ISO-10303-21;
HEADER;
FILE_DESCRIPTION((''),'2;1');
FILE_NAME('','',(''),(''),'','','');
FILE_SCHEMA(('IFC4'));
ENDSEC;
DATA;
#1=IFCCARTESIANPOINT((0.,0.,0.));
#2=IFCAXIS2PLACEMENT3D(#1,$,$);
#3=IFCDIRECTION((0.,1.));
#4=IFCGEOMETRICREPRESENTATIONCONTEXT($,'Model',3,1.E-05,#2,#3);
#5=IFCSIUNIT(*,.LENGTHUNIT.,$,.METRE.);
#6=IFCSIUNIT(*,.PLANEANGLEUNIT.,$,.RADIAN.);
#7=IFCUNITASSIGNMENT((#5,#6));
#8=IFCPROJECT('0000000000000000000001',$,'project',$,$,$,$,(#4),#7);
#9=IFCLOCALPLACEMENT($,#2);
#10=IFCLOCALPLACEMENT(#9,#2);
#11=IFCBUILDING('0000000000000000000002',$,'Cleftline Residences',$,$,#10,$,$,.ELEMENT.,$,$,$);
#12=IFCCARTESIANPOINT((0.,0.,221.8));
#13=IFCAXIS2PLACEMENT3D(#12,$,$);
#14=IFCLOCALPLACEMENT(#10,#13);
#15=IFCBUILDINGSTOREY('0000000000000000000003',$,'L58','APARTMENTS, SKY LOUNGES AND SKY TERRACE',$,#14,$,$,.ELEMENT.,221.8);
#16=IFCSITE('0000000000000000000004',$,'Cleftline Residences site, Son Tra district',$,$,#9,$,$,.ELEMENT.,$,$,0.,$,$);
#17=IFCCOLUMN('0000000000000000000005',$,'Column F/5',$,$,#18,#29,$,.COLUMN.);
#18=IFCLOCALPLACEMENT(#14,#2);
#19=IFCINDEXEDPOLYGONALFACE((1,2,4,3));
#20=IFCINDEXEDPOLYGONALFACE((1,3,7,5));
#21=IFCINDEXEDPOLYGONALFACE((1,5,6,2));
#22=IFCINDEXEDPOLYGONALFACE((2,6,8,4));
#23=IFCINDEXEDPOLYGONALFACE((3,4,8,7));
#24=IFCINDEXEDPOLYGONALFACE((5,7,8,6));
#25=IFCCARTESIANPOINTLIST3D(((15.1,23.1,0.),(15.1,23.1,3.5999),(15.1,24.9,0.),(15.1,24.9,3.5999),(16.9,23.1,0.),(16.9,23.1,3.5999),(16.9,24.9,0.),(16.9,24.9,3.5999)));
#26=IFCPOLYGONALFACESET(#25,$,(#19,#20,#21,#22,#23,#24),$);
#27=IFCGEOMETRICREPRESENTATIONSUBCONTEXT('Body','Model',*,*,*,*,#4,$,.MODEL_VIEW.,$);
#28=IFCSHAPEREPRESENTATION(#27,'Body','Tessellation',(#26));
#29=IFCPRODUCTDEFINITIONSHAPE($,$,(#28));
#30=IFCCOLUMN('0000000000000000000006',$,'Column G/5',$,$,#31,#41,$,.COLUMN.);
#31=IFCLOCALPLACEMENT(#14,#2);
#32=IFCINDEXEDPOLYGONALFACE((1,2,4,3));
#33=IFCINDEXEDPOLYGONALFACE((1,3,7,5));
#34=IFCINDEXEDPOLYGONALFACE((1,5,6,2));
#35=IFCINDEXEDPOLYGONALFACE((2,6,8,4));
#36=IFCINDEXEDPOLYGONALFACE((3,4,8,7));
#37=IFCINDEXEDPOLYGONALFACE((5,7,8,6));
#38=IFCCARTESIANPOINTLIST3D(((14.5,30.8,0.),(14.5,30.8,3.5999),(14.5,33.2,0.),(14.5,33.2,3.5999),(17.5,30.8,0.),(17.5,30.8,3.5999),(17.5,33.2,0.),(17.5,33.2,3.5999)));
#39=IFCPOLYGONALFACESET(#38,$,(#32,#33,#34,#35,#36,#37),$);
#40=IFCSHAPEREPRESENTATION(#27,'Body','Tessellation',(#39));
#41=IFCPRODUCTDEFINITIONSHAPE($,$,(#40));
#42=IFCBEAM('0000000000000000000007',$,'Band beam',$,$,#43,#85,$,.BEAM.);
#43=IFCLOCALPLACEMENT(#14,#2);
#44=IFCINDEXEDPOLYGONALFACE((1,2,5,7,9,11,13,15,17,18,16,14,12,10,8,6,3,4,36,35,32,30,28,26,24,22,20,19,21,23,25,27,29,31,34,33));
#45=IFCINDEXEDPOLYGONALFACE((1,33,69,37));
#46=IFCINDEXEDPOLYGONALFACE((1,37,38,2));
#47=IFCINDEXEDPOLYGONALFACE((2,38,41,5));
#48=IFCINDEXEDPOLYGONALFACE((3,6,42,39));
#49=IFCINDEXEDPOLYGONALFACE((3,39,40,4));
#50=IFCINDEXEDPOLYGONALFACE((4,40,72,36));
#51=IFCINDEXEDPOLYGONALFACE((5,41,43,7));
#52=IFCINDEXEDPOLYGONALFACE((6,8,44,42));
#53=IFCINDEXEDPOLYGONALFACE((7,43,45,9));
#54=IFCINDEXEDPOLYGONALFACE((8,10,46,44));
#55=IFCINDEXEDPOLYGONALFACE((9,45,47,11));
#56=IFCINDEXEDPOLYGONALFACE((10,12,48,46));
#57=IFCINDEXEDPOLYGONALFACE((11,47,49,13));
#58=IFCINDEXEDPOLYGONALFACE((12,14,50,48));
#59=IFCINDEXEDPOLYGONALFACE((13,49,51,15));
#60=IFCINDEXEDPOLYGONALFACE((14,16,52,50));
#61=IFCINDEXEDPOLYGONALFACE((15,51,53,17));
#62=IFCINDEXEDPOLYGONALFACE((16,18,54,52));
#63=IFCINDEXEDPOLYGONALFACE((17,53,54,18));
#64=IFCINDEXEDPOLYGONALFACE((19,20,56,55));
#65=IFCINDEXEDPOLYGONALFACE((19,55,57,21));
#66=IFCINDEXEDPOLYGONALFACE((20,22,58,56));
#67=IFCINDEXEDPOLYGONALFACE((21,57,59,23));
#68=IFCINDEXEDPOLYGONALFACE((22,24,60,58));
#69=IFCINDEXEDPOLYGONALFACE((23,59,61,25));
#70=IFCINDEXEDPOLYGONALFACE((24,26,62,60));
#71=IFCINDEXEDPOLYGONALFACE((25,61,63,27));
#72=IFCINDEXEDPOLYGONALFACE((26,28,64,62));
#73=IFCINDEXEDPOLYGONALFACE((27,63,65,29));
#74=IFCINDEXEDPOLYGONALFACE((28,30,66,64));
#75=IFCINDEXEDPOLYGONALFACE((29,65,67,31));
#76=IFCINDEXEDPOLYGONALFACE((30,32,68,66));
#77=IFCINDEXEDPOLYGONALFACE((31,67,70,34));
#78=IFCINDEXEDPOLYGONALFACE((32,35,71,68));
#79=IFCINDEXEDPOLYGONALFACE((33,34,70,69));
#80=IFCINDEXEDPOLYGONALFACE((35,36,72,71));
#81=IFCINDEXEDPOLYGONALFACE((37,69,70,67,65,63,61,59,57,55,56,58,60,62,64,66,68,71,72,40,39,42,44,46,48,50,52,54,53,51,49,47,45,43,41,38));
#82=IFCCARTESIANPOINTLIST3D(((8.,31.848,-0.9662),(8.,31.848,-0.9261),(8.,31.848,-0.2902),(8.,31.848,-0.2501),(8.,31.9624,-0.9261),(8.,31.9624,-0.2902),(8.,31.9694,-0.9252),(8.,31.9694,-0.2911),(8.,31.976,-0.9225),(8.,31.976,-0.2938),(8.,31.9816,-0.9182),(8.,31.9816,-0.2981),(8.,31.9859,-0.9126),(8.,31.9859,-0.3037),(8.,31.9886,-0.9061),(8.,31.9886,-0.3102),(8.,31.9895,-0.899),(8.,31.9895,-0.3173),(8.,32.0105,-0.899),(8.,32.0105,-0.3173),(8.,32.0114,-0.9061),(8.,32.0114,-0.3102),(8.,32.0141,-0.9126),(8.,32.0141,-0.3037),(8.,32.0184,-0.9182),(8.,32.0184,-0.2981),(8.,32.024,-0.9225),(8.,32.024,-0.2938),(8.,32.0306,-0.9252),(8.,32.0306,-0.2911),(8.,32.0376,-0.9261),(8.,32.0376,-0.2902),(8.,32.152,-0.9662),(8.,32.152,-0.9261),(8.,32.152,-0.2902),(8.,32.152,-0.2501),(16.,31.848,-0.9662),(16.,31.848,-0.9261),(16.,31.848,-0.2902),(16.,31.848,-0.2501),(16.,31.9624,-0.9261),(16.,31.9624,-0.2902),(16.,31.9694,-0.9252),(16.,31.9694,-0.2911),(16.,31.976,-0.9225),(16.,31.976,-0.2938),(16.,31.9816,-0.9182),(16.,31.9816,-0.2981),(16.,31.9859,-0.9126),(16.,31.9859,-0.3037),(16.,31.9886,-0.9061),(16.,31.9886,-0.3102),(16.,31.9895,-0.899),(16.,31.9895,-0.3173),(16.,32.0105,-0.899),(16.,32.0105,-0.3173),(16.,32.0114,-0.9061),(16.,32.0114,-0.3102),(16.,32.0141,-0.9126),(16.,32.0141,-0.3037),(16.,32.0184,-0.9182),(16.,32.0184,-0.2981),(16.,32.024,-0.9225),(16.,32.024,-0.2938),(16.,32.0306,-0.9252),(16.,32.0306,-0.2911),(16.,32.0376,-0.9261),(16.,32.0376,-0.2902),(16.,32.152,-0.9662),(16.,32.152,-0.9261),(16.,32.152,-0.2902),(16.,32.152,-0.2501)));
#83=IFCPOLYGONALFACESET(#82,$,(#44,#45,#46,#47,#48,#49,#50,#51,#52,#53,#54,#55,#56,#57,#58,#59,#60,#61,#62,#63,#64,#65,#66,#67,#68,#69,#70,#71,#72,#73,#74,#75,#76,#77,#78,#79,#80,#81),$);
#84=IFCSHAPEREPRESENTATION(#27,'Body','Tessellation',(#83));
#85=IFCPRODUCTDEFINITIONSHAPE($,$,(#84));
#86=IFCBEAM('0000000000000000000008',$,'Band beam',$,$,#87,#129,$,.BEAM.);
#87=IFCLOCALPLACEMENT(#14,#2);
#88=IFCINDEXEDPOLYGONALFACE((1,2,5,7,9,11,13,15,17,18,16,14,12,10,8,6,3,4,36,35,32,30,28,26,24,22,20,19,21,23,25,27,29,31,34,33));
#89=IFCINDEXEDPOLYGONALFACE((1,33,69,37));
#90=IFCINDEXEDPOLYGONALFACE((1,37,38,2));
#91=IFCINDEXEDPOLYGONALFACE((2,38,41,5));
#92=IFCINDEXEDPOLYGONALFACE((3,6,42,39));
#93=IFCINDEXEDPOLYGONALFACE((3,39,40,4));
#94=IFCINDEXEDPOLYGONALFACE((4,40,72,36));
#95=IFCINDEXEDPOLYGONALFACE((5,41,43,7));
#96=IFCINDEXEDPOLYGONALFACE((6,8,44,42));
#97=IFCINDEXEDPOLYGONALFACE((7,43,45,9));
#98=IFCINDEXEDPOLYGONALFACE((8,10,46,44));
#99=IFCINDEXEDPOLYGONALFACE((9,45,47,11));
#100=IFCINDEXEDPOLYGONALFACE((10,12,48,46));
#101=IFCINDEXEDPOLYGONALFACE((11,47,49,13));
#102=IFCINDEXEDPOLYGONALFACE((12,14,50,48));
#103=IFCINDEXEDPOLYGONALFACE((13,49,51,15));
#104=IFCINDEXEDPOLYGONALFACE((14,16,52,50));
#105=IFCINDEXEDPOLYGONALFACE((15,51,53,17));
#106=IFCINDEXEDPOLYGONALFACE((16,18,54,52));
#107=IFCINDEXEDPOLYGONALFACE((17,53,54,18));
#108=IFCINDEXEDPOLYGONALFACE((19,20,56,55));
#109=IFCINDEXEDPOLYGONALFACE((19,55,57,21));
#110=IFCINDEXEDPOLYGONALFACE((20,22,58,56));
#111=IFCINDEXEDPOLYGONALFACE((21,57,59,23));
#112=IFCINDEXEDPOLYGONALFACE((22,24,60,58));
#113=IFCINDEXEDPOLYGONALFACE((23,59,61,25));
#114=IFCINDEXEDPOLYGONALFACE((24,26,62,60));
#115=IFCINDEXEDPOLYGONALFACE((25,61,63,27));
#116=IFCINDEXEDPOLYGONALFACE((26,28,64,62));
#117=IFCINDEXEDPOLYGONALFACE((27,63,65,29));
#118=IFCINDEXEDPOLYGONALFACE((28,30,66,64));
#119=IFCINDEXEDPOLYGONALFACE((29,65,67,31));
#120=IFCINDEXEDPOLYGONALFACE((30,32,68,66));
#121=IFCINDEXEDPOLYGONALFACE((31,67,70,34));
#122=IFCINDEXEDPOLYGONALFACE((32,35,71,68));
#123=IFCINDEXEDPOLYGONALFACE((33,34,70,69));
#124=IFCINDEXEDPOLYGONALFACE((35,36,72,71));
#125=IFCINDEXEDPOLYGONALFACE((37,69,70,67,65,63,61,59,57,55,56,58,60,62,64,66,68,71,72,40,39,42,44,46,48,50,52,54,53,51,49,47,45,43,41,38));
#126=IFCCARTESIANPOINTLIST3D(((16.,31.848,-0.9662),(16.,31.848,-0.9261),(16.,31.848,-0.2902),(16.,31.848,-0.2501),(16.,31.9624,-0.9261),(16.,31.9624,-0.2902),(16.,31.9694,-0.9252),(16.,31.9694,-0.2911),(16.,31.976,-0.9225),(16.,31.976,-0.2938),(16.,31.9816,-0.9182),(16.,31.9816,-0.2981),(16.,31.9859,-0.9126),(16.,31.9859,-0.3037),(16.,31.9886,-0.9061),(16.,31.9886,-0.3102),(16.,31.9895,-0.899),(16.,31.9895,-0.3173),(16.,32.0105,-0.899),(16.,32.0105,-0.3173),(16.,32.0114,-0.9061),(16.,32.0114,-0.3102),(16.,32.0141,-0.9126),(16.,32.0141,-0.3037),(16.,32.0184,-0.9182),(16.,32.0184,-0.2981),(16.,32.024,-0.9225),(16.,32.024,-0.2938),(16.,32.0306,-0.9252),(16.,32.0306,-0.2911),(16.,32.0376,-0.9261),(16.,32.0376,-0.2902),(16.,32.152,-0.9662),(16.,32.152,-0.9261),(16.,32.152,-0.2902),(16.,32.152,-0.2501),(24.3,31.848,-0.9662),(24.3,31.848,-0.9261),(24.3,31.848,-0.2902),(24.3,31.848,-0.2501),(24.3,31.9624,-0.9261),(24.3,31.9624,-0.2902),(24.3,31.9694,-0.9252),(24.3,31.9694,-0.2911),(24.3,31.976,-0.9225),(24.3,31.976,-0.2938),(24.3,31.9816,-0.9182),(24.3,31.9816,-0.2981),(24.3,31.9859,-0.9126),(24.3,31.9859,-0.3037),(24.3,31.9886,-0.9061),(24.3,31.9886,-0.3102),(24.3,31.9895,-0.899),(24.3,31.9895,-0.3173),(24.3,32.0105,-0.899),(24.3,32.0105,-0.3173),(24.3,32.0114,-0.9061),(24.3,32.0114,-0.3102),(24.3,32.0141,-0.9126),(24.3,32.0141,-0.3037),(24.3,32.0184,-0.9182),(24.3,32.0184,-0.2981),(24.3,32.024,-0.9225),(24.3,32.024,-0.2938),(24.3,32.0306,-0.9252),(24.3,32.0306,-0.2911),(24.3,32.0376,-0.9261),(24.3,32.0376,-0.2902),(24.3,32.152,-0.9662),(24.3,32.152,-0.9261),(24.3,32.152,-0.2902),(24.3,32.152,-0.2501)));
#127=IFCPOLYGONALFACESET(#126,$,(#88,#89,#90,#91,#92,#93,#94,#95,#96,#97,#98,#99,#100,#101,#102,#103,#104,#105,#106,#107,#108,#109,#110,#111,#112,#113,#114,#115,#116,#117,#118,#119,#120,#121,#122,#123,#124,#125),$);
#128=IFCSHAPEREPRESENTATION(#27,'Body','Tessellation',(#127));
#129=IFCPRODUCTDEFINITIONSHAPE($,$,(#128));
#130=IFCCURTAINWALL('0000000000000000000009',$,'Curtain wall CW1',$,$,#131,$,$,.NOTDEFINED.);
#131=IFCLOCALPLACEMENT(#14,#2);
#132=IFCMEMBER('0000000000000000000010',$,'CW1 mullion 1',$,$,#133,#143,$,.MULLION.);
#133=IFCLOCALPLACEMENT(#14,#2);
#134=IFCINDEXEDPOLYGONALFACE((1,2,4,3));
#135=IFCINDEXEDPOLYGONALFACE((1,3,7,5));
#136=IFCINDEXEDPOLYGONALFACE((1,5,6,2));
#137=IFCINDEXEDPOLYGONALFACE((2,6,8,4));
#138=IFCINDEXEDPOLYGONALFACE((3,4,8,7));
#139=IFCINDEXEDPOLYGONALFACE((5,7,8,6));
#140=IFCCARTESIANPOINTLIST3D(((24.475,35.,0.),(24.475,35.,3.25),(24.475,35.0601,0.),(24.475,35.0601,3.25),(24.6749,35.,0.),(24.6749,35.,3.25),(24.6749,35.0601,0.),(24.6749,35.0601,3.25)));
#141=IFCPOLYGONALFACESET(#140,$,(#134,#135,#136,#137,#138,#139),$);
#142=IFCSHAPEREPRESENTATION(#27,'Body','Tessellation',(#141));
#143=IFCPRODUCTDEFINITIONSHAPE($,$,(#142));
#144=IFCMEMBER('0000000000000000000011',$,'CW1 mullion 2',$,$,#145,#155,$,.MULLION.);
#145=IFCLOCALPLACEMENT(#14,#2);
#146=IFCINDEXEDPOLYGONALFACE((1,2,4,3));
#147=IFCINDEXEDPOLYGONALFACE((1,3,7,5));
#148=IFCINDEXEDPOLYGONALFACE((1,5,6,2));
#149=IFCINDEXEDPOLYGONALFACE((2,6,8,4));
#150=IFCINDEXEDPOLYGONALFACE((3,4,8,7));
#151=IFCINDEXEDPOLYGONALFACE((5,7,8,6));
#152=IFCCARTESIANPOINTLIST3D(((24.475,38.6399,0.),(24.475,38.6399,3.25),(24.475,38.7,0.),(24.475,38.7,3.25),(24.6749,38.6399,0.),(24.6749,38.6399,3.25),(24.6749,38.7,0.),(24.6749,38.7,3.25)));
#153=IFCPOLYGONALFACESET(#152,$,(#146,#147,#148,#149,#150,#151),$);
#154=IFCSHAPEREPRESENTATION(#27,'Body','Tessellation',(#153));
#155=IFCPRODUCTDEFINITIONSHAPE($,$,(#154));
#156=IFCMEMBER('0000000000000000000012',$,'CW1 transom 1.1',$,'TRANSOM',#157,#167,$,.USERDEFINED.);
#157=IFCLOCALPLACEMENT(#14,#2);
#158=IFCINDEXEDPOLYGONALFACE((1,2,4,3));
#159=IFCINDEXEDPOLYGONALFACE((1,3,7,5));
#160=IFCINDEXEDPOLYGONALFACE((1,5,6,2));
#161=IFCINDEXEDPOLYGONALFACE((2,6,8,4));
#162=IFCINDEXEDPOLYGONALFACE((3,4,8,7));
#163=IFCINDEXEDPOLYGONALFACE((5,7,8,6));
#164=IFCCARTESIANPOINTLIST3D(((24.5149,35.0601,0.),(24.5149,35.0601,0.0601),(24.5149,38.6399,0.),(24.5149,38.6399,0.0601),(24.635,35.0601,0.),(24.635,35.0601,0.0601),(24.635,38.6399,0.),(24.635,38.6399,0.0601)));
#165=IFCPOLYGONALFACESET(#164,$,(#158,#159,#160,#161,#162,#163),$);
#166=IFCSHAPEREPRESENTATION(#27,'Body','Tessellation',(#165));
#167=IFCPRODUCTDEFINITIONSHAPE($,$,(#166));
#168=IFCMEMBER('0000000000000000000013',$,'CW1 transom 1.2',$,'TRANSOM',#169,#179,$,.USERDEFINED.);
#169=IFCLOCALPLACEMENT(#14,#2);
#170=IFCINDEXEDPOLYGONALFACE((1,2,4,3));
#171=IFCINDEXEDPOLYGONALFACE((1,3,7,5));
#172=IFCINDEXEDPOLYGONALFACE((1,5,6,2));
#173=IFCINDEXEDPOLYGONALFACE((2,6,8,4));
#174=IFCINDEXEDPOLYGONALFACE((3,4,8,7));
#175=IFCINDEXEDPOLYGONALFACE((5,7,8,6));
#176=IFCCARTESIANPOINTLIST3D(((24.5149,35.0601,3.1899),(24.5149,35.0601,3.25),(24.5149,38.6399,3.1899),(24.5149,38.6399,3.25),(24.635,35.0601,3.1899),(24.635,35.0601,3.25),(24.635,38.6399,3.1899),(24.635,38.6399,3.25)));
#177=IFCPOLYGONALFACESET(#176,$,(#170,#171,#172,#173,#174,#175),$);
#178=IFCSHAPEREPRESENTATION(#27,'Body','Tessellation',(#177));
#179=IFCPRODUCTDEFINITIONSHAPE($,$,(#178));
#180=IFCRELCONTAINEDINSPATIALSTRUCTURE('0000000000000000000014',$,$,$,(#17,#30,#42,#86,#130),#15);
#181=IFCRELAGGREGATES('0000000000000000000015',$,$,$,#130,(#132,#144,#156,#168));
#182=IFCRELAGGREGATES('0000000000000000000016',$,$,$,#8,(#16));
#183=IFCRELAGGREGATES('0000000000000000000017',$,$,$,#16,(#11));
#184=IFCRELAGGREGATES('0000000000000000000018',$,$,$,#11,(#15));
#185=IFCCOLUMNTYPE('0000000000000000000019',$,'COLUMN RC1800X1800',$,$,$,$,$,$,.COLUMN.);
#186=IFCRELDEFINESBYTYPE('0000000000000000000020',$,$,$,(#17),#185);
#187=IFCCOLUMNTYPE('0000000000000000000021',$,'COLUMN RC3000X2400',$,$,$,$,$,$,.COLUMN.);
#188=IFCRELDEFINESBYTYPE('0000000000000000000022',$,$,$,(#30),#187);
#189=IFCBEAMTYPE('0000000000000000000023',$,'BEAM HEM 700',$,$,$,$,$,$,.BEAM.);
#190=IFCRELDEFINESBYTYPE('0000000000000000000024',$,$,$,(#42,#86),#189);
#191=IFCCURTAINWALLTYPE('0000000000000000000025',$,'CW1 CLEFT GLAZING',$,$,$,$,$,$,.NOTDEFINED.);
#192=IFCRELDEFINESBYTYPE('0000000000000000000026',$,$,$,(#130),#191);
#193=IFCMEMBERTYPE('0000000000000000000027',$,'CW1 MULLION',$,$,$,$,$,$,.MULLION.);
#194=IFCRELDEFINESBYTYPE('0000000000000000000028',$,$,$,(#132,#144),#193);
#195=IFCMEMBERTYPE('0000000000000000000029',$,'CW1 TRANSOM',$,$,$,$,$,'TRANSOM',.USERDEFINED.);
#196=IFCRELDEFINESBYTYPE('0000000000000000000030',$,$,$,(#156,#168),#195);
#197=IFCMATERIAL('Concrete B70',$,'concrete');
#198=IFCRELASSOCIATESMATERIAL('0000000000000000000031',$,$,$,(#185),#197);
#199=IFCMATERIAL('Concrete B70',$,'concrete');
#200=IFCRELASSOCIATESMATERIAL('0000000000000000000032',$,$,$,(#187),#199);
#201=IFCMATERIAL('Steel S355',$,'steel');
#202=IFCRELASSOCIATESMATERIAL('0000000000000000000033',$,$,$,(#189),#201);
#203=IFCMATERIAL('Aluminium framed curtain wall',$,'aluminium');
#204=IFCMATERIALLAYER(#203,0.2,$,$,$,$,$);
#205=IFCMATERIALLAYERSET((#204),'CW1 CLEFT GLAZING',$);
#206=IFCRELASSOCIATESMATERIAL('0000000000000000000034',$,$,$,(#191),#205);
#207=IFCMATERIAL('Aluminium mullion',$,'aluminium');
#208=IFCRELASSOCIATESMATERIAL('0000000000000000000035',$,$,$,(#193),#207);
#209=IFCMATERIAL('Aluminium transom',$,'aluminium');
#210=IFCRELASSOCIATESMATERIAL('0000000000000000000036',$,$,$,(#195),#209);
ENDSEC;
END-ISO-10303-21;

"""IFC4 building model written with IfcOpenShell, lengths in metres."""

from ifc_helpers import new_model, si_unit, direction, frame, origin, origin_2d, place, context, subcontext, project, spatial, rectangle, i_section, extrude, material, layer, layer_set, material_profile, profile_set, type_object, element, aggregate, save


model = new_model("IFC4")

# Units and contexts
model_context = context("Model", 3, precision=1e-05, world=origin(), true_north=direction((0.0, 1.0)))
body_context = subcontext(model_context, "Body", "Model", "MODEL_VIEW")
ifc_project = project(units=[si_unit("LENGTHUNIT", "METRE"), si_unit("PLANEANGLEUNIT", "RADIAN")], contexts=[model_context])

# Site, building, storey
site_placement = place(None, origin())
site = spatial("IfcSite", under=ifc_project, at=site_placement, Name="Cleftline Residences site, Son Tra district", CompositionType="ELEMENT", RefElevation=0.0)
building_placement = place(site_placement, origin())
building = spatial("IfcBuilding", under=site, at=building_placement, Name="Cleftline Residences", CompositionType="ELEMENT")
storey_placement = place(building_placement, frame((0.0, 0.0, 221.8)))
storey = spatial("IfcBuildingStorey", under=building, at=storey_placement, Name="L58", Description="APARTMENTS, SKY LOUNGES AND SKY TERRACE", CompositionType="ELEMENT", Elevation=221.8)

# Columns
ifc_material_1 = material(Name="Concrete B70", Category="concrete")
ifc_material_profile_1 = material_profile(ifc_material_1, rectangle(XDim=1.8, YDim=1.8, at=origin_2d()))
ifc_profile_set_1 = profile_set([ifc_material_profile_1], Name="Concrete B70")
column_type_1 = type_object("IfcColumnType", Name="COLUMN RC1800X1800", PredefinedType="COLUMN", material=ifc_profile_set_1)
column_1_placement = place(storey_placement, frame((16.0, 24.0, 0.0), z_axis=(0.0, 0.0, 1.0), x_axis=(1.0, 0.0, 0.0)))
element("IfcColumn", 1, at=column_1_placement, inside=storey, type_object=column_type_1, Name="Column F/5", PredefinedType="COLUMN", context=body_context, shape_type="SweptSolid", body=[
    extrude(rectangle(XDim=1.8, YDim=1.8, at=origin_2d()), origin(), (0.0, 0.0, 1.0), 3.5999),
])
ifc_material_2 = material(Name="Concrete B70", Category="concrete")
ifc_material_profile_2 = material_profile(ifc_material_2, rectangle(XDim=3.0, YDim=2.3999, at=origin_2d()))
ifc_profile_set_2 = profile_set([ifc_material_profile_2], Name="Concrete B70")
column_type_2 = type_object("IfcColumnType", Name="COLUMN RC3000X2400", PredefinedType="COLUMN", material=ifc_profile_set_2)
column_2_placement = place(storey_placement, frame((16.0, 32.0, 0.0), z_axis=(0.0, 0.0, 1.0), x_axis=(1.0, 0.0, 0.0)))
element("IfcColumn", 2, at=column_2_placement, inside=storey, type_object=column_type_2, Name="Column G/5", PredefinedType="COLUMN", context=body_context, shape_type="SweptSolid", body=[
    extrude(rectangle(XDim=3.0, YDim=2.3999, at=origin_2d()), origin(), (0.0, 0.0, 1.0), 3.5999),
])

# Beams
ifc_material_3 = material(Name="Steel S355", Category="steel")
ifc_material_profile_3 = material_profile(ifc_material_3, i_section(OverallWidth=0.304, OverallDepth=0.7161, WebThickness=0.021, FlangeThickness=0.04, FilletRadius=0.0271, at=origin_2d()))
ifc_profile_set_3 = profile_set([ifc_material_profile_3], Name="Steel S355")
beam_type = type_object("IfcBeamType", Name="BEAM HEM 700", PredefinedType="BEAM", material=ifc_profile_set_3)
beam_1_placement = place(storey_placement, frame((8.0, 32.0, -0.6082), z_axis=(1.0, 0.0, 0.0), x_axis=(0.0, 1.0, 0.0)))
element("IfcBeam", 3, at=beam_1_placement, inside=storey, type_object=beam_type, Name="Band beam", PredefinedType="BEAM", context=body_context, shape_type="SweptSolid", body=[
    extrude(i_section(OverallWidth=0.304, OverallDepth=0.7161, WebThickness=0.021, FlangeThickness=0.04, FilletRadius=0.0271, at=origin_2d()), origin(), (0.0, 0.0, 1.0), 8.0),
])
beam_2_placement = place(storey_placement, frame((16.0, 32.0, -0.6082), z_axis=(1.0, 0.0, 0.0), x_axis=(0.0, 1.0, 0.0)))
element("IfcBeam", 4, at=beam_2_placement, inside=storey, type_object=beam_type, Name="Band beam", PredefinedType="BEAM", context=body_context, shape_type="SweptSolid", body=[
    extrude(i_section(OverallWidth=0.304, OverallDepth=0.7161, WebThickness=0.021, FlangeThickness=0.04, FilletRadius=0.0271, at=origin_2d()), origin(), (0.0, 0.0, 1.0), 8.3),
])

# Curtain wall, members
ifc_material_4 = material(Name="Aluminium framed curtain wall", Category="aluminium")
ifc_layer_1 = layer(ifc_material_4, 0.2)
ifc_layer_set_1 = layer_set([ifc_layer_1], Name="CW1 CLEFT GLAZING")
curtain_wall_type = type_object("IfcCurtainWallType", Name="CW1 CLEFT GLAZING", PredefinedType="NOTDEFINED", material=ifc_layer_set_1)
curtain_wall_placement = place(storey_placement, origin())
curtain_wall = element("IfcCurtainWall", 5, at=curtain_wall_placement, inside=storey, type_object=curtain_wall_type, Name="Curtain wall CW1", PredefinedType="NOTDEFINED")
ifc_material_5 = material(Name="Aluminium mullion", Category="aluminium")
ifc_material_profile_4 = material_profile(ifc_material_5, rectangle(XDim=0.2, YDim=0.0601, at=origin_2d()))
ifc_profile_set_4 = profile_set([ifc_material_profile_4], Name="Aluminium mullion")
member_type_1 = type_object("IfcMemberType", Name="CW1 MULLION", PredefinedType="MULLION", material=ifc_profile_set_4)
member_1_placement = place(storey_placement, frame((24.575, 35.03, 0.0), z_axis=(0.0, 0.0, 1.0), x_axis=(-1.0, 0.0, 0.0)))
member_1 = element("IfcMember", 6, at=member_1_placement, type_object=member_type_1, Name="CW1 mullion 1", PredefinedType="MULLION", context=body_context, shape_type="SweptSolid", body=[
    extrude(rectangle(XDim=0.2, YDim=0.0601, at=origin_2d()), origin(), (0.0, 0.0, 1.0), 3.25),
])
member_2_placement = place(storey_placement, frame((24.575, 38.6699, 0.0), z_axis=(0.0, 0.0, 1.0), x_axis=(-1.0, 0.0, 0.0)))
member_2 = element("IfcMember", 7, at=member_2_placement, type_object=member_type_1, Name="CW1 mullion 2", PredefinedType="MULLION", context=body_context, shape_type="SweptSolid", body=[
    extrude(rectangle(XDim=0.2, YDim=0.0601, at=origin_2d()), origin(), (0.0, 0.0, 1.0), 3.25),
])
ifc_material_6 = material(Name="Aluminium transom", Category="aluminium")
ifc_material_profile_5 = material_profile(ifc_material_6, rectangle(XDim=0.1201, YDim=0.0601, at=origin_2d()))
ifc_profile_set_5 = profile_set([ifc_material_profile_5], Name="Aluminium transom")
member_type_2 = type_object("IfcMemberType", Name="CW1 TRANSOM", ElementType="TRANSOM", PredefinedType="USERDEFINED", material=ifc_profile_set_5)
member_3_placement = place(storey_placement, frame((24.575, 35.0601, 0.03), z_axis=(0.0, 1.0, 0.0), x_axis=(-1.0, 0.0, 0.0)))
member_3 = element("IfcMember", 8, at=member_3_placement, type_object=member_type_2, Name="CW1 transom 1.1", ObjectType="TRANSOM", PredefinedType="USERDEFINED", context=body_context, shape_type="SweptSolid", body=[
    extrude(rectangle(XDim=0.1201, YDim=0.0601, at=origin_2d()), origin(), (0.0, 0.0, 1.0), 3.5798),
])
member_4_placement = place(storey_placement, frame((24.575, 35.0601, 3.22), z_axis=(0.0, 1.0, 0.0), x_axis=(-1.0, 0.0, 0.0)))
member_4 = element("IfcMember", 9, at=member_4_placement, type_object=member_type_2, Name="CW1 transom 1.2", ObjectType="TRANSOM", PredefinedType="USERDEFINED", context=body_context, shape_type="SweptSolid", body=[
    extrude(rectangle(XDim=0.1201, YDim=0.0601, at=origin_2d()), origin(), (0.0, 0.0, 1.0), 3.5798),
])
aggregate(curtain_wall, [member_1, member_2, member_3, member_4])

save(model, "model.ifc")
